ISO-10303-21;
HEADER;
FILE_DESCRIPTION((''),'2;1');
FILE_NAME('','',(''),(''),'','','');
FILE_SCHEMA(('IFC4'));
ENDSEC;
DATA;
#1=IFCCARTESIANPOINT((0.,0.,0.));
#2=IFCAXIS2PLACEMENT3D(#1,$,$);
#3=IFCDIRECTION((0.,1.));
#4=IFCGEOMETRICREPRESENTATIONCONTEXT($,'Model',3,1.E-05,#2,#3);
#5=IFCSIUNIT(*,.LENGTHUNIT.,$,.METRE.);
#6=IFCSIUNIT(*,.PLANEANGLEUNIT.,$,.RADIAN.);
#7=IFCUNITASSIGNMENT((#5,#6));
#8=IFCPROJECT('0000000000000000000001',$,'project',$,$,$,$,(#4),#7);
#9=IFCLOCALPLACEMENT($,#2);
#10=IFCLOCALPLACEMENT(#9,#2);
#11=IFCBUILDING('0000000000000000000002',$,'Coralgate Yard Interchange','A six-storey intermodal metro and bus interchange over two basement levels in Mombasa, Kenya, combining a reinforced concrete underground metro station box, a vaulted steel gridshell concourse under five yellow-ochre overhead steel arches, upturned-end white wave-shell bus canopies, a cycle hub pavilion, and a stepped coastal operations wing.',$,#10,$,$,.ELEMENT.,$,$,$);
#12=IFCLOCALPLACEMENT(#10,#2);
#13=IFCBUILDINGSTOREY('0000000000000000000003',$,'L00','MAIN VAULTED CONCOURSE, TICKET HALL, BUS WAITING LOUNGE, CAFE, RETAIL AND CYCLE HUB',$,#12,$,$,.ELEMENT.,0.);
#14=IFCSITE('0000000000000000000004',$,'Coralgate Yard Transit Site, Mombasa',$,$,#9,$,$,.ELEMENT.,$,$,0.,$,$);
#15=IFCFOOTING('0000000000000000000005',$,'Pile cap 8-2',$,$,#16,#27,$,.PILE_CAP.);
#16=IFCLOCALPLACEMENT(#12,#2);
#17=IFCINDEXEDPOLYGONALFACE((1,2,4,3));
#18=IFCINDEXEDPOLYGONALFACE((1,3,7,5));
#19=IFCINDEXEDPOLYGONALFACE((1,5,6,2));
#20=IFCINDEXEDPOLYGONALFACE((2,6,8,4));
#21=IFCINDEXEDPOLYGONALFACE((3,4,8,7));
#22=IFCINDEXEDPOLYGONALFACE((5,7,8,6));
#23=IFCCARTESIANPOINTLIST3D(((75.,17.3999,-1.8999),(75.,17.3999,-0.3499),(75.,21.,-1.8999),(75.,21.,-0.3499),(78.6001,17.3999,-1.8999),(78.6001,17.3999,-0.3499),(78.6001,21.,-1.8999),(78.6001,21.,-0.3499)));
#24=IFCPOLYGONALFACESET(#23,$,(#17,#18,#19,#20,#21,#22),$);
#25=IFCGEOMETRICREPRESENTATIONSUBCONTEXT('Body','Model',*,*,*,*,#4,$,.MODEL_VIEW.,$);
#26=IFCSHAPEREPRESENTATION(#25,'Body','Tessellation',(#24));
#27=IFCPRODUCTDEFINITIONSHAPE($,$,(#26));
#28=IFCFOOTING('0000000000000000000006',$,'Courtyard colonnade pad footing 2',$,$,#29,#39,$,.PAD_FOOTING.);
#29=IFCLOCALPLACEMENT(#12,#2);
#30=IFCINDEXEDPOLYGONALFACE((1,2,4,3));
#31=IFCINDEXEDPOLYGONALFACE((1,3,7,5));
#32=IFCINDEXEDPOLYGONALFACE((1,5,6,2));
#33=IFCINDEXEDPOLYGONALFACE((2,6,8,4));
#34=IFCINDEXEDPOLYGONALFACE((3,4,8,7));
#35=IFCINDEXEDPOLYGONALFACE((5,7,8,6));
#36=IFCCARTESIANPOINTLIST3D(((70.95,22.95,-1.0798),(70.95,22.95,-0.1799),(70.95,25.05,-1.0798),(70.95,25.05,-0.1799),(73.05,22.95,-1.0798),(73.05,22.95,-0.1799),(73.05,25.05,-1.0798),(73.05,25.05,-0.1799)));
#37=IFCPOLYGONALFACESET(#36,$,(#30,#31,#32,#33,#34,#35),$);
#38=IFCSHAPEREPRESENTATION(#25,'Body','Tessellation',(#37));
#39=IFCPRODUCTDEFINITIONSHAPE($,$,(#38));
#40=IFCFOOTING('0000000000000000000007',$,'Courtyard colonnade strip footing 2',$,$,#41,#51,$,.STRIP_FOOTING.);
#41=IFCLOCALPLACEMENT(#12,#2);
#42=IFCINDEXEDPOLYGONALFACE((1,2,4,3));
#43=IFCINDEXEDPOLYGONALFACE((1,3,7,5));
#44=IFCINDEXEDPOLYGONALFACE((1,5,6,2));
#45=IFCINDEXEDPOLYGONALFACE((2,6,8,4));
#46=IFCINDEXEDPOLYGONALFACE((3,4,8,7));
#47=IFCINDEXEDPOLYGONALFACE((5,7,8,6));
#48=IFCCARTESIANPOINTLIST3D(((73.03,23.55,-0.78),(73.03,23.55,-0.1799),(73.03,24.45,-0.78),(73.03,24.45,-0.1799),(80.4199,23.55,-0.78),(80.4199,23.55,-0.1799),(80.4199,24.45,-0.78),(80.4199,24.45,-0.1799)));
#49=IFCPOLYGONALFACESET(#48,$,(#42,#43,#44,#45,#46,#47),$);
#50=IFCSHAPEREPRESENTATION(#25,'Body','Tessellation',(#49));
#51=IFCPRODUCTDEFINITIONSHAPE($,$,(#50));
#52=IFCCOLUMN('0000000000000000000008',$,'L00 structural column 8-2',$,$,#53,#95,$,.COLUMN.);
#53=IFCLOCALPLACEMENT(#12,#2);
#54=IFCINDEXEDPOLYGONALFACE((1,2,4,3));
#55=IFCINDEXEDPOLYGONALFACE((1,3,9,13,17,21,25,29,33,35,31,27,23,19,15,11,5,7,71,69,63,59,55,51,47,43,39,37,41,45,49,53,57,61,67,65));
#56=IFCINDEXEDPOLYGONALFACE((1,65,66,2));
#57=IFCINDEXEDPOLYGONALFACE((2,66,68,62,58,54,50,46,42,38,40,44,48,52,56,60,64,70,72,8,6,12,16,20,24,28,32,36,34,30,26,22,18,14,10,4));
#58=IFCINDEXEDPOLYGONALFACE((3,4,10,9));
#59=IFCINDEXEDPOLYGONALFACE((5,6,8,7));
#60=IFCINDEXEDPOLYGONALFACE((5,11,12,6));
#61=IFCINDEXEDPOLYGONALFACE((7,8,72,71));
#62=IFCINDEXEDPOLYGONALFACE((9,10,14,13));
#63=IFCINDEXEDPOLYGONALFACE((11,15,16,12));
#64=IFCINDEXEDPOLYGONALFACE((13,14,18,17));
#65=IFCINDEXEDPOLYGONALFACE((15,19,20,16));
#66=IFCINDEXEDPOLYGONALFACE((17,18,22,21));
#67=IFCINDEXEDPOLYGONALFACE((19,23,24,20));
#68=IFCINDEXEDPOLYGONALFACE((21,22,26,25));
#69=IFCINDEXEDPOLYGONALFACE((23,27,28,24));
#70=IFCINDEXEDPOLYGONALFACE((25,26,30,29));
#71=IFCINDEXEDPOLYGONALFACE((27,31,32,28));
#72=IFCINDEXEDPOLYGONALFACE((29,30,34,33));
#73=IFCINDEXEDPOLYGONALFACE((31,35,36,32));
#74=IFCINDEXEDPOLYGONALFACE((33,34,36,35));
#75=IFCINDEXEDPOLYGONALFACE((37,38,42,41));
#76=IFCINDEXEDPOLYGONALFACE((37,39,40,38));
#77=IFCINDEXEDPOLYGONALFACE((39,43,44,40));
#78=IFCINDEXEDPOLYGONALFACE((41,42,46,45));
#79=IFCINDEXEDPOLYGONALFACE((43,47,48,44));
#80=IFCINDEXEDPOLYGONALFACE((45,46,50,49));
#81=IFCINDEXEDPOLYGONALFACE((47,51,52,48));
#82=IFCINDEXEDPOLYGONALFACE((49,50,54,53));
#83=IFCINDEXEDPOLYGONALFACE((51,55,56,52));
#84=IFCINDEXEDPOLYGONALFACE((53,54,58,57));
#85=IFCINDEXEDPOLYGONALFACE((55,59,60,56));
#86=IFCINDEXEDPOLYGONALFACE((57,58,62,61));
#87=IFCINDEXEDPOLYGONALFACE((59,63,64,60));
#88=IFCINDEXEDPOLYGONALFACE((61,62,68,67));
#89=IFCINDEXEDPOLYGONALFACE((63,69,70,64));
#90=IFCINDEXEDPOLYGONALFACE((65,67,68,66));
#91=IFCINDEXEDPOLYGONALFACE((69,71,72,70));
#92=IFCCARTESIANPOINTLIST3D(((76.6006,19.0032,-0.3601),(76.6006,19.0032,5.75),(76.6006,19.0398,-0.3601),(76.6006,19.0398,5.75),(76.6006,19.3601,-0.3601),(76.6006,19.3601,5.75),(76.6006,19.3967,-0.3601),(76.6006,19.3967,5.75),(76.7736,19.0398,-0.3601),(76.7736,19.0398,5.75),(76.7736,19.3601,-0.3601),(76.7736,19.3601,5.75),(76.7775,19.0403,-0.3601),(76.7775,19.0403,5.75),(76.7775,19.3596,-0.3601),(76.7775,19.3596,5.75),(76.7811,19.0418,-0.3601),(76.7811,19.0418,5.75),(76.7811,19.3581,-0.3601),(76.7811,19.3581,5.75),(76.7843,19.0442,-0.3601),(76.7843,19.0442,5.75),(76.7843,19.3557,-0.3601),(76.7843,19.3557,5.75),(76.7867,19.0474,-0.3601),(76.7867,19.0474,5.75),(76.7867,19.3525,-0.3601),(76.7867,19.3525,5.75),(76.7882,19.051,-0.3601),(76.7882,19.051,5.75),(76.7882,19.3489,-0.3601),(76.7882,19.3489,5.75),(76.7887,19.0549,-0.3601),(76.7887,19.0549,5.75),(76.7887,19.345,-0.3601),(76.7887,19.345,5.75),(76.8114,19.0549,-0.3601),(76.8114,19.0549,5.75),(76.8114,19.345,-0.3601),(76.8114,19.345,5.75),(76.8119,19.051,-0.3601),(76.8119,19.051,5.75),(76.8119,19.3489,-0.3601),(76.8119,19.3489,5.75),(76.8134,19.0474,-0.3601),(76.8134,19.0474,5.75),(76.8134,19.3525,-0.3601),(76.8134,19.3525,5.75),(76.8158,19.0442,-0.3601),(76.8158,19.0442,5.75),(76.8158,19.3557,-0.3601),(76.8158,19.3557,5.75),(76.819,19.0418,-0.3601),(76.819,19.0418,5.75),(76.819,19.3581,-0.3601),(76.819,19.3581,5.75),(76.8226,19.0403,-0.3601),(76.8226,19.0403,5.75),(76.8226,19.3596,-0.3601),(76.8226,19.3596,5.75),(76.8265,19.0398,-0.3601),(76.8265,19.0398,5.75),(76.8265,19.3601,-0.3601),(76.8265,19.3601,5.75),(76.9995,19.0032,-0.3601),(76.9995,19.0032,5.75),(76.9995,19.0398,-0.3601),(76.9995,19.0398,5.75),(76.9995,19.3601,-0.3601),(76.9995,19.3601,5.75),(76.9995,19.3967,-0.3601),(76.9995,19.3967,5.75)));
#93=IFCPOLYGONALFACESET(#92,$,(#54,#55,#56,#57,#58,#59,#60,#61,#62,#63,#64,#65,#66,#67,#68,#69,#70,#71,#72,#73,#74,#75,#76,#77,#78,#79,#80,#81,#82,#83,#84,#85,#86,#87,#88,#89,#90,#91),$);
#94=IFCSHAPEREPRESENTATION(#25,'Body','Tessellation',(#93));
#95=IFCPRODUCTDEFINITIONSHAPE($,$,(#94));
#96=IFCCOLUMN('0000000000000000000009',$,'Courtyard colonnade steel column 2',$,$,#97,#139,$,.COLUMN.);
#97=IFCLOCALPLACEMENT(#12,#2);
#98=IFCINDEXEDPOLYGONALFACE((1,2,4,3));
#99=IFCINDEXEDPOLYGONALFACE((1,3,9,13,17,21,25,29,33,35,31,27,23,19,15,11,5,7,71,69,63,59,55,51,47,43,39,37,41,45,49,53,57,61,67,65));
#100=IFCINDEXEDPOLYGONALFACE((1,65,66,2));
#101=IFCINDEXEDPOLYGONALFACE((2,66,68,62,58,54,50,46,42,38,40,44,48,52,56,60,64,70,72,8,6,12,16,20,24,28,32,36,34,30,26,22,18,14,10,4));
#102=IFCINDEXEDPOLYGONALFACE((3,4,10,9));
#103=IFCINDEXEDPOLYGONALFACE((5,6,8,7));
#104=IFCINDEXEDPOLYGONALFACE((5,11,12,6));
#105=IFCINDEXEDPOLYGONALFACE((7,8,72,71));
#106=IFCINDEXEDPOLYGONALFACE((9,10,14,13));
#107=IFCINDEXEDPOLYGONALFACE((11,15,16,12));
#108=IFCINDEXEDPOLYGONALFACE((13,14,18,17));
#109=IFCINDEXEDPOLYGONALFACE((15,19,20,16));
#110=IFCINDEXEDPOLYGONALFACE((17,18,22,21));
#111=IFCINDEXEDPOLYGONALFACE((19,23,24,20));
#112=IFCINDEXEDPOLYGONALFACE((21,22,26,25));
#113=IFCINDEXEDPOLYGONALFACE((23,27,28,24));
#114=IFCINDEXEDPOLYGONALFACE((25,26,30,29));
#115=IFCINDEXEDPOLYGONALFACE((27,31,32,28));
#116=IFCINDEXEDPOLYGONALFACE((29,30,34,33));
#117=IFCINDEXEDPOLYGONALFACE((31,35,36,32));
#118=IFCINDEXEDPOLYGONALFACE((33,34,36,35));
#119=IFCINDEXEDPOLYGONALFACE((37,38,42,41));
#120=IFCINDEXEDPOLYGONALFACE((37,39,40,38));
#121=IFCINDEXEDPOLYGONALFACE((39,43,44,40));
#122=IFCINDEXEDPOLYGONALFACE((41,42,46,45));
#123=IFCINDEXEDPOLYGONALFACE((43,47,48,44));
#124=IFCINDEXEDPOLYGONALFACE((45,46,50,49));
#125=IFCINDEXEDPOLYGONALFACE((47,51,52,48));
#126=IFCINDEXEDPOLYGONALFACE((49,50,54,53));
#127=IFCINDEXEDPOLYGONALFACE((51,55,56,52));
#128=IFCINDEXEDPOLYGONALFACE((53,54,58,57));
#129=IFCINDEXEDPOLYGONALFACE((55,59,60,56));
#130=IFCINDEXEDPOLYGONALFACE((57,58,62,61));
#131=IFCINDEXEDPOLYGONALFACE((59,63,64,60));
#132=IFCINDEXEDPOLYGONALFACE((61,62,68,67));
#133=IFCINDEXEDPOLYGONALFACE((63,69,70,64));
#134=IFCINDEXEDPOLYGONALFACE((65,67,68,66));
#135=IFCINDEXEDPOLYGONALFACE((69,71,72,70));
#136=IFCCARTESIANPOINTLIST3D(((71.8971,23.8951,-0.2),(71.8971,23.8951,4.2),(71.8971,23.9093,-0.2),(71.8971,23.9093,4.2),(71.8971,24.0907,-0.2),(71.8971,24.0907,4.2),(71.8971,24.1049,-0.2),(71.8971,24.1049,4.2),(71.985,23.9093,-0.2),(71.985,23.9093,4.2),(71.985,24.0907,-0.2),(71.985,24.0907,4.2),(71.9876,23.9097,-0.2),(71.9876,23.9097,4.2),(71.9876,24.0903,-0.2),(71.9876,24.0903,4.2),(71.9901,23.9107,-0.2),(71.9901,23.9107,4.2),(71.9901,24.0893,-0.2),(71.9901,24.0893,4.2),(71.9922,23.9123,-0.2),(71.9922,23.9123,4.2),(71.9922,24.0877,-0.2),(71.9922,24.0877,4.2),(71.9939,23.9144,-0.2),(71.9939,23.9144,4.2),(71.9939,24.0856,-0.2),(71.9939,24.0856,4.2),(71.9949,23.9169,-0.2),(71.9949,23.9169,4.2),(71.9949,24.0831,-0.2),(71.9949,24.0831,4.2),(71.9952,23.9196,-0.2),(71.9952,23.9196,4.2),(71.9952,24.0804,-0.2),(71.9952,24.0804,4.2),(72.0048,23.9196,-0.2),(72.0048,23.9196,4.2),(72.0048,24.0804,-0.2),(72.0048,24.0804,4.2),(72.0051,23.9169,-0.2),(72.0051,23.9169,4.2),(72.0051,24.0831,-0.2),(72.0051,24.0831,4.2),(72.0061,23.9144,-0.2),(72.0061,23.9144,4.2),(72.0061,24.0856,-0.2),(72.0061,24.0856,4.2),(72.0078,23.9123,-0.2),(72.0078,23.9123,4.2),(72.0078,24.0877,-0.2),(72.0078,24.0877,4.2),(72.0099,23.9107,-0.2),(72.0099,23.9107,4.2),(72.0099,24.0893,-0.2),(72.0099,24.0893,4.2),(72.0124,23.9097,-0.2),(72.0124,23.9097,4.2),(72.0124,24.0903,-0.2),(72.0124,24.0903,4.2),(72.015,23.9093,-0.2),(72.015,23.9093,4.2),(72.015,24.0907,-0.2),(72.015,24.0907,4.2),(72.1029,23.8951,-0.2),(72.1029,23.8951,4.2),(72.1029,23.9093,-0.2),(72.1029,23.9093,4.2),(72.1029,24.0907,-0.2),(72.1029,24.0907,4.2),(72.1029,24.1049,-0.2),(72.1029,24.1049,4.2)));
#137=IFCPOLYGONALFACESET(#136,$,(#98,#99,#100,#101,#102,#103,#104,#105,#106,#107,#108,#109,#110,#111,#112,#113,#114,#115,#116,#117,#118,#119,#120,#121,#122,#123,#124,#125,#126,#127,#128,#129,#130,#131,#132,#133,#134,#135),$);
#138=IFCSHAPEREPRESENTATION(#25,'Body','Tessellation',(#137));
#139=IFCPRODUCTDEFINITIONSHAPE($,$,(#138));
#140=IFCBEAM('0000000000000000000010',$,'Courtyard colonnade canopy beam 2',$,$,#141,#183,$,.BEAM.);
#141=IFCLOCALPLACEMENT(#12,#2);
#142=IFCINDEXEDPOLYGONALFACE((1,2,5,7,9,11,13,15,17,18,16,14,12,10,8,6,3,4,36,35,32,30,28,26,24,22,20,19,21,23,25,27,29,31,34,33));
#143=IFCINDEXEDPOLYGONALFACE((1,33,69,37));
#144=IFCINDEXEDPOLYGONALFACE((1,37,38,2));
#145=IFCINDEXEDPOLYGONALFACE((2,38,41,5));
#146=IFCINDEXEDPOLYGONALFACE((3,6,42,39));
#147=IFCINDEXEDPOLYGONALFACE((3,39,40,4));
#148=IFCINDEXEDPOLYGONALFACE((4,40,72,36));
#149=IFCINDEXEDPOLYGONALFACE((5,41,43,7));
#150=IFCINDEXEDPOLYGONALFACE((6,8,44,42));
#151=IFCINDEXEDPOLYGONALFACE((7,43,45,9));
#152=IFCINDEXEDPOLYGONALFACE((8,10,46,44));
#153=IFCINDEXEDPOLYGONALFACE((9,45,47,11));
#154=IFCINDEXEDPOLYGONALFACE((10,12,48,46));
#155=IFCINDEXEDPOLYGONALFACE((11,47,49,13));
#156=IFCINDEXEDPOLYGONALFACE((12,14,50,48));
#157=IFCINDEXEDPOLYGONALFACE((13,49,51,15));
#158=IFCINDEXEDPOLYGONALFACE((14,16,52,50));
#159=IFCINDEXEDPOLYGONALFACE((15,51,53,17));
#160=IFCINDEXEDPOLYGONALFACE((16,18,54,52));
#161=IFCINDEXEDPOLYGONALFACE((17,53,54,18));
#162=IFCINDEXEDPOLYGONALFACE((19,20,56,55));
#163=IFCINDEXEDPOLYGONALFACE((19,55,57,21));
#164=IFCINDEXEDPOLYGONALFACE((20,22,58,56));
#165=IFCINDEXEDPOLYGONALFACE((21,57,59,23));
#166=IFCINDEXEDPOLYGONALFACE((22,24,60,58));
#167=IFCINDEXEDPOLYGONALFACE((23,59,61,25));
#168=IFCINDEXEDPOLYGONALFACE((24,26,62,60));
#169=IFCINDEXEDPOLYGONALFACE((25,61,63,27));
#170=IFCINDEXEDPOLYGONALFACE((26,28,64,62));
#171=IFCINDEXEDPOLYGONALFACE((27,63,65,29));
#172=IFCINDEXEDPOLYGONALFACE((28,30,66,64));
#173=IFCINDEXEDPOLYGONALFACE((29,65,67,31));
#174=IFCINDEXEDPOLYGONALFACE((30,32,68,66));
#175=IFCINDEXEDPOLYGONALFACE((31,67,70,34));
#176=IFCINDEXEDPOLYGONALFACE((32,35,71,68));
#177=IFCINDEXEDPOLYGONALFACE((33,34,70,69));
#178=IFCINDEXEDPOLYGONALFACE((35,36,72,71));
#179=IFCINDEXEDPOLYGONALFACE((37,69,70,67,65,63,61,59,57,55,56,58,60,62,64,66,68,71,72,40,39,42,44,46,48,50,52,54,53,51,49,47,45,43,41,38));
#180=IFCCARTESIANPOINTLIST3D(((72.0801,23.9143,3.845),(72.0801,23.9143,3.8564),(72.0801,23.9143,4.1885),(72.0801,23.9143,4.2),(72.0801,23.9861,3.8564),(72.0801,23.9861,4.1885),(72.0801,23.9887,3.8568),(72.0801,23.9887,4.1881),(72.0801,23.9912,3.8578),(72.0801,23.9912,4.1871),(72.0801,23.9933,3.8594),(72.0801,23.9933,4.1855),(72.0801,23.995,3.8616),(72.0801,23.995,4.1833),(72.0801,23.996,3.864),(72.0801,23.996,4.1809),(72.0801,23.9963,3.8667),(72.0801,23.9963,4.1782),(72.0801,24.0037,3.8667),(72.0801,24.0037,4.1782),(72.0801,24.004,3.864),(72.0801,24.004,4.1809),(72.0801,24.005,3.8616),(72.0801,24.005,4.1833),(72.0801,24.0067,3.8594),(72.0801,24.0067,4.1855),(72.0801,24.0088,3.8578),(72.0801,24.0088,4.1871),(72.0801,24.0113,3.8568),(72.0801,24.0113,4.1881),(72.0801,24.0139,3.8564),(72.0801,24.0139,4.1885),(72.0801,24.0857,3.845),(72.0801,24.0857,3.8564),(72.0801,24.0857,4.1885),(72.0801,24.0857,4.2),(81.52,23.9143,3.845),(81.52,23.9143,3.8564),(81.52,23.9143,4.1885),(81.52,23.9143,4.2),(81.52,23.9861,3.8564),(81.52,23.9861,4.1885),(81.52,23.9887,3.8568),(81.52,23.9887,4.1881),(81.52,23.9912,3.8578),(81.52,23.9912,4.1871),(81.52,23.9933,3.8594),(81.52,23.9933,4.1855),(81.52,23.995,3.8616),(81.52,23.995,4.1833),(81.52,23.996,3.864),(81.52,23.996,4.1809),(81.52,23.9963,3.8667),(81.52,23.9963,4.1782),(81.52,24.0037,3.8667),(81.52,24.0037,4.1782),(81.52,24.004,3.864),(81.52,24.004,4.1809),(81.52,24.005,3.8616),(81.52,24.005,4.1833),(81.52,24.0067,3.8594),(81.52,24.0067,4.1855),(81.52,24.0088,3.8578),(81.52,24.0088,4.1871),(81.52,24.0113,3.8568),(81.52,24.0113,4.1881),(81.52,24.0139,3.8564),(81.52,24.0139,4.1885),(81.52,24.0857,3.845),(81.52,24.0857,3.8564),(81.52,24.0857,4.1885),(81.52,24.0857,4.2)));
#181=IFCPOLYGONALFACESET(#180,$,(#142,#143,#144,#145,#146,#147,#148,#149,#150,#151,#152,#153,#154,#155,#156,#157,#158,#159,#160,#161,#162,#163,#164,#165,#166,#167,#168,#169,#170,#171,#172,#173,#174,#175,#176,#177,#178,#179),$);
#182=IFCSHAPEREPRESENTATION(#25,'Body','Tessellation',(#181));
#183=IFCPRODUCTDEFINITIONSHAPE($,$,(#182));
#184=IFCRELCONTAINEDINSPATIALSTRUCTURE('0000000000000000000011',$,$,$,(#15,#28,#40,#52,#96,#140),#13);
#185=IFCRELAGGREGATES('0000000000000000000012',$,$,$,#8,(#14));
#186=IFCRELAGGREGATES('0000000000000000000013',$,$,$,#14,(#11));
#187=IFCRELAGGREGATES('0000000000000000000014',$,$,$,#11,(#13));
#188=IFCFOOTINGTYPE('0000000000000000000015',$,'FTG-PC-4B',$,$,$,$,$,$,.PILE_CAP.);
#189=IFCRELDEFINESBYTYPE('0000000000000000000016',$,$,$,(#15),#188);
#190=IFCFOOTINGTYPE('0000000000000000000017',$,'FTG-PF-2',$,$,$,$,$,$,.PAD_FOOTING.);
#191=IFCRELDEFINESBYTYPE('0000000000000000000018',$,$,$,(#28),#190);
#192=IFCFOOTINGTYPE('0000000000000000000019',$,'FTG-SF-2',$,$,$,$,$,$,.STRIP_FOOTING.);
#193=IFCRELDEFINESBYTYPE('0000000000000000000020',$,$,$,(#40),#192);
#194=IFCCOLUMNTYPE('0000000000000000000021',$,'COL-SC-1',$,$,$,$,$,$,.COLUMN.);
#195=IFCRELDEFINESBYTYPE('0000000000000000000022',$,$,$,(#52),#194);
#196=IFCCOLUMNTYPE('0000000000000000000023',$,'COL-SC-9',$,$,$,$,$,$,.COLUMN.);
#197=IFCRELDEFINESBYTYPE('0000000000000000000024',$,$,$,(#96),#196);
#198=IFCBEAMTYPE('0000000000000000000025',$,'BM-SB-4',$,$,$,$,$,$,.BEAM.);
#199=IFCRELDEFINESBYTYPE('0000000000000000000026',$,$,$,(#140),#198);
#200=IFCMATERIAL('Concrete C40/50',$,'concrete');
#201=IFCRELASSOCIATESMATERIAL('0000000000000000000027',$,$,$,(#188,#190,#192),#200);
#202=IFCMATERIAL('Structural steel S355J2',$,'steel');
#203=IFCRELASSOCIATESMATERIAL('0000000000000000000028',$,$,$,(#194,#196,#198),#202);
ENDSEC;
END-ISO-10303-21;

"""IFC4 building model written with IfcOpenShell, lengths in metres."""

from ifc_helpers import new_model, si_unit, direction, frame, origin, origin_2d, place, context, subcontext, project, spatial, rectangle, i_section, extrude, material, material_profile, profile_set, type_object, element, save


model = new_model("IFC4")

# Units and contexts
model_context = context("Model", 3, precision=1e-05, world=origin(), true_north=direction((0.0, 1.0)))
body_context = subcontext(model_context, "Body", "Model", "MODEL_VIEW")
ifc_project = project(units=[si_unit("LENGTHUNIT", "METRE"), si_unit("PLANEANGLEUNIT", "RADIAN")], contexts=[model_context])

# Site, building, storey
site_placement = place(None, origin())
site = spatial("IfcSite", under=ifc_project, at=site_placement, Name="Coralgate Yard Transit Site, Mombasa", CompositionType="ELEMENT", RefElevation=0.0)
building_placement = place(site_placement, origin())
building = spatial("IfcBuilding", under=site, at=building_placement, Name="Coralgate Yard Interchange", Description="A six-storey intermodal metro and bus interchange over two basement levels in Mombasa, Kenya, combining a reinforced concrete underground metro station box, a vaulted steel gridshell concourse under five yellow-ochre overhead steel arches, upturned-end white wave-shell bus canopies, a cycle hub pavilion, and a stepped coastal operations wing.", CompositionType="ELEMENT")
storey_placement = place(building_placement, origin())
storey = spatial("IfcBuildingStorey", under=building, at=storey_placement, Name="L00", Description="MAIN VAULTED CONCOURSE, TICKET HALL, BUS WAITING LOUNGE, CAFE, RETAIL AND CYCLE HUB", CompositionType="ELEMENT", Elevation=0.0)

# Footings
ifc_material_1 = material(Name="Concrete C40/50", Category="concrete")
footing_type_1 = type_object("IfcFootingType", Name="FTG-PC-4B", PredefinedType="PILE_CAP", material=ifc_material_1)
footing_1_placement = place(storey_placement, frame((76.8, 19.2, -1.8999), z_axis=(0.0, 0.0, 1.0), x_axis=(1.0, 0.0, 0.0)))
element("IfcFooting", 1, at=footing_1_placement, inside=storey, type_object=footing_type_1, Name="Pile cap 8-2", PredefinedType="PILE_CAP", context=body_context, shape_type="SweptSolid", body=[
    extrude(rectangle(XDim=3.6001, YDim=3.6001, at=origin_2d()), origin(), (0.0, 0.0, 1.0), 1.55),
])
footing_type_2 = type_object("IfcFootingType", Name="FTG-PF-2", PredefinedType="PAD_FOOTING", material=ifc_material_1)
footing_2_placement = place(storey_placement, frame((72.0, 24.0, -1.0798), z_axis=(0.0, 0.0, 1.0), x_axis=(1.0, 0.0, 0.0)))
element("IfcFooting", 2, at=footing_2_placement, inside=storey, type_object=footing_type_2, Name="Courtyard colonnade pad footing 2", PredefinedType="PAD_FOOTING", context=body_context, shape_type="SweptSolid", body=[
    extrude(rectangle(XDim=2.1001, YDim=2.1001, at=origin_2d()), origin(), (0.0, 0.0, 1.0), 0.8999),
])
ifc_material_profile_1 = material_profile(ifc_material_1, rectangle(XDim=0.8999, YDim=0.6001, at=origin_2d()), Name="RC 900x600")
ifc_profile_set_1 = profile_set([ifc_material_profile_1], Name="Concrete C40/50")
footing_type_3 = type_object("IfcFootingType", Name="FTG-SF-2", PredefinedType="STRIP_FOOTING", material=ifc_profile_set_1)
footing_3_placement = place(storey_placement, frame((73.03, 24.0, -0.48), z_axis=(1.0, 0.0, 0.0), x_axis=(0.0, 1.0, 0.0)))
element("IfcFooting", 3, at=footing_3_placement, inside=storey, type_object=footing_type_3, Name="Courtyard colonnade strip footing 2", PredefinedType="STRIP_FOOTING", context=body_context, shape_type="SweptSolid", body=[
    extrude(rectangle(XDim=0.8999, YDim=0.6001, at=origin_2d()), origin(), (0.0, 0.0, 1.0), 7.3899),
])

# Columns
ifc_material_2 = material(Name="Structural steel S355J2", Category="steel")
ifc_material_profile_2 = material_profile(ifc_material_2, i_section(OverallWidth=0.3989, OverallDepth=0.3936, WebThickness=0.0227, FlangeThickness=0.0366, FilletRadius=0.0151, at=origin_2d()), Name="UC 356x406x287")
ifc_profile_set_2 = profile_set([ifc_material_profile_2], Name="Structural steel S355J2")
column_type_1 = type_object("IfcColumnType", Name="COL-SC-1", PredefinedType="COLUMN", material=ifc_profile_set_2)
column_1_placement = place(storey_placement, frame((76.8, 19.2, -0.3601), z_axis=(0.0, 0.0, 1.0), x_axis=(1.0, 0.0, 0.0)))
element("IfcColumn", 4, at=column_1_placement, inside=storey, type_object=column_type_1, Name="L00 structural column 8-2", PredefinedType="COLUMN", context=body_context, shape_type="SweptSolid", body=[
    extrude(i_section(OverallWidth=0.3989, OverallDepth=0.3936, WebThickness=0.0227, FlangeThickness=0.0366, FilletRadius=0.0151, at=origin_2d()), origin(), (0.0, 0.0, 1.0), 6.1101),
])
ifc_material_profile_3 = material_profile(ifc_material_2, i_section(OverallWidth=0.2058, OverallDepth=0.2097, WebThickness=0.0095, FlangeThickness=0.0142, FilletRadius=0.0103, at=origin_2d()), Name="UC 203x203x60")
ifc_profile_set_3 = profile_set([ifc_material_profile_3], Name="Structural steel S355J2")
column_type_2 = type_object("IfcColumnType", Name="COL-SC-9", PredefinedType="COLUMN", material=ifc_profile_set_3)
column_2_placement = place(storey_placement, frame((72.0, 24.0, -0.2), z_axis=(0.0, 0.0, 1.0), x_axis=(1.0, 0.0, 0.0)))
element("IfcColumn", 5, at=column_2_placement, inside=storey, type_object=column_type_2, Name="Courtyard colonnade steel column 2", PredefinedType="COLUMN", context=body_context, shape_type="SweptSolid", body=[
    extrude(i_section(OverallWidth=0.2058, OverallDepth=0.2097, WebThickness=0.0095, FlangeThickness=0.0142, FilletRadius=0.0103, at=origin_2d()), origin(), (0.0, 0.0, 1.0), 4.3999),
])

# Beam
ifc_material_profile_4 = material_profile(ifc_material_2, i_section(OverallWidth=0.1714, OverallDepth=0.355, WebThickness=0.0073, FlangeThickness=0.0115, FilletRadius=0.0103, at=origin_2d()), Name="UB 356x171x51")
ifc_profile_set_4 = profile_set([ifc_material_profile_4], Name="Structural steel S355J2")
beam_type_1 = type_object("IfcBeamType", Name="BM-SB-4", PredefinedType="BEAM", material=ifc_profile_set_4)
beam_1_placement = place(storey_placement, frame((72.0801, 24.0, 4.0225), z_axis=(1.0, 0.0, 0.0), x_axis=(0.0, 1.0, 0.0)))
element("IfcBeam", 6, at=beam_1_placement, inside=storey, type_object=beam_type_1, Name="Courtyard colonnade canopy beam 2", PredefinedType="BEAM", context=body_context, shape_type="SweptSolid", body=[
    extrude(i_section(OverallWidth=0.1714, OverallDepth=0.355, WebThickness=0.0073, FlangeThickness=0.0115, FilletRadius=0.0103, at=origin_2d()), origin(), (0.0, 0.0, 1.0), 9.4399),
])

save(model, "model.ifc")
